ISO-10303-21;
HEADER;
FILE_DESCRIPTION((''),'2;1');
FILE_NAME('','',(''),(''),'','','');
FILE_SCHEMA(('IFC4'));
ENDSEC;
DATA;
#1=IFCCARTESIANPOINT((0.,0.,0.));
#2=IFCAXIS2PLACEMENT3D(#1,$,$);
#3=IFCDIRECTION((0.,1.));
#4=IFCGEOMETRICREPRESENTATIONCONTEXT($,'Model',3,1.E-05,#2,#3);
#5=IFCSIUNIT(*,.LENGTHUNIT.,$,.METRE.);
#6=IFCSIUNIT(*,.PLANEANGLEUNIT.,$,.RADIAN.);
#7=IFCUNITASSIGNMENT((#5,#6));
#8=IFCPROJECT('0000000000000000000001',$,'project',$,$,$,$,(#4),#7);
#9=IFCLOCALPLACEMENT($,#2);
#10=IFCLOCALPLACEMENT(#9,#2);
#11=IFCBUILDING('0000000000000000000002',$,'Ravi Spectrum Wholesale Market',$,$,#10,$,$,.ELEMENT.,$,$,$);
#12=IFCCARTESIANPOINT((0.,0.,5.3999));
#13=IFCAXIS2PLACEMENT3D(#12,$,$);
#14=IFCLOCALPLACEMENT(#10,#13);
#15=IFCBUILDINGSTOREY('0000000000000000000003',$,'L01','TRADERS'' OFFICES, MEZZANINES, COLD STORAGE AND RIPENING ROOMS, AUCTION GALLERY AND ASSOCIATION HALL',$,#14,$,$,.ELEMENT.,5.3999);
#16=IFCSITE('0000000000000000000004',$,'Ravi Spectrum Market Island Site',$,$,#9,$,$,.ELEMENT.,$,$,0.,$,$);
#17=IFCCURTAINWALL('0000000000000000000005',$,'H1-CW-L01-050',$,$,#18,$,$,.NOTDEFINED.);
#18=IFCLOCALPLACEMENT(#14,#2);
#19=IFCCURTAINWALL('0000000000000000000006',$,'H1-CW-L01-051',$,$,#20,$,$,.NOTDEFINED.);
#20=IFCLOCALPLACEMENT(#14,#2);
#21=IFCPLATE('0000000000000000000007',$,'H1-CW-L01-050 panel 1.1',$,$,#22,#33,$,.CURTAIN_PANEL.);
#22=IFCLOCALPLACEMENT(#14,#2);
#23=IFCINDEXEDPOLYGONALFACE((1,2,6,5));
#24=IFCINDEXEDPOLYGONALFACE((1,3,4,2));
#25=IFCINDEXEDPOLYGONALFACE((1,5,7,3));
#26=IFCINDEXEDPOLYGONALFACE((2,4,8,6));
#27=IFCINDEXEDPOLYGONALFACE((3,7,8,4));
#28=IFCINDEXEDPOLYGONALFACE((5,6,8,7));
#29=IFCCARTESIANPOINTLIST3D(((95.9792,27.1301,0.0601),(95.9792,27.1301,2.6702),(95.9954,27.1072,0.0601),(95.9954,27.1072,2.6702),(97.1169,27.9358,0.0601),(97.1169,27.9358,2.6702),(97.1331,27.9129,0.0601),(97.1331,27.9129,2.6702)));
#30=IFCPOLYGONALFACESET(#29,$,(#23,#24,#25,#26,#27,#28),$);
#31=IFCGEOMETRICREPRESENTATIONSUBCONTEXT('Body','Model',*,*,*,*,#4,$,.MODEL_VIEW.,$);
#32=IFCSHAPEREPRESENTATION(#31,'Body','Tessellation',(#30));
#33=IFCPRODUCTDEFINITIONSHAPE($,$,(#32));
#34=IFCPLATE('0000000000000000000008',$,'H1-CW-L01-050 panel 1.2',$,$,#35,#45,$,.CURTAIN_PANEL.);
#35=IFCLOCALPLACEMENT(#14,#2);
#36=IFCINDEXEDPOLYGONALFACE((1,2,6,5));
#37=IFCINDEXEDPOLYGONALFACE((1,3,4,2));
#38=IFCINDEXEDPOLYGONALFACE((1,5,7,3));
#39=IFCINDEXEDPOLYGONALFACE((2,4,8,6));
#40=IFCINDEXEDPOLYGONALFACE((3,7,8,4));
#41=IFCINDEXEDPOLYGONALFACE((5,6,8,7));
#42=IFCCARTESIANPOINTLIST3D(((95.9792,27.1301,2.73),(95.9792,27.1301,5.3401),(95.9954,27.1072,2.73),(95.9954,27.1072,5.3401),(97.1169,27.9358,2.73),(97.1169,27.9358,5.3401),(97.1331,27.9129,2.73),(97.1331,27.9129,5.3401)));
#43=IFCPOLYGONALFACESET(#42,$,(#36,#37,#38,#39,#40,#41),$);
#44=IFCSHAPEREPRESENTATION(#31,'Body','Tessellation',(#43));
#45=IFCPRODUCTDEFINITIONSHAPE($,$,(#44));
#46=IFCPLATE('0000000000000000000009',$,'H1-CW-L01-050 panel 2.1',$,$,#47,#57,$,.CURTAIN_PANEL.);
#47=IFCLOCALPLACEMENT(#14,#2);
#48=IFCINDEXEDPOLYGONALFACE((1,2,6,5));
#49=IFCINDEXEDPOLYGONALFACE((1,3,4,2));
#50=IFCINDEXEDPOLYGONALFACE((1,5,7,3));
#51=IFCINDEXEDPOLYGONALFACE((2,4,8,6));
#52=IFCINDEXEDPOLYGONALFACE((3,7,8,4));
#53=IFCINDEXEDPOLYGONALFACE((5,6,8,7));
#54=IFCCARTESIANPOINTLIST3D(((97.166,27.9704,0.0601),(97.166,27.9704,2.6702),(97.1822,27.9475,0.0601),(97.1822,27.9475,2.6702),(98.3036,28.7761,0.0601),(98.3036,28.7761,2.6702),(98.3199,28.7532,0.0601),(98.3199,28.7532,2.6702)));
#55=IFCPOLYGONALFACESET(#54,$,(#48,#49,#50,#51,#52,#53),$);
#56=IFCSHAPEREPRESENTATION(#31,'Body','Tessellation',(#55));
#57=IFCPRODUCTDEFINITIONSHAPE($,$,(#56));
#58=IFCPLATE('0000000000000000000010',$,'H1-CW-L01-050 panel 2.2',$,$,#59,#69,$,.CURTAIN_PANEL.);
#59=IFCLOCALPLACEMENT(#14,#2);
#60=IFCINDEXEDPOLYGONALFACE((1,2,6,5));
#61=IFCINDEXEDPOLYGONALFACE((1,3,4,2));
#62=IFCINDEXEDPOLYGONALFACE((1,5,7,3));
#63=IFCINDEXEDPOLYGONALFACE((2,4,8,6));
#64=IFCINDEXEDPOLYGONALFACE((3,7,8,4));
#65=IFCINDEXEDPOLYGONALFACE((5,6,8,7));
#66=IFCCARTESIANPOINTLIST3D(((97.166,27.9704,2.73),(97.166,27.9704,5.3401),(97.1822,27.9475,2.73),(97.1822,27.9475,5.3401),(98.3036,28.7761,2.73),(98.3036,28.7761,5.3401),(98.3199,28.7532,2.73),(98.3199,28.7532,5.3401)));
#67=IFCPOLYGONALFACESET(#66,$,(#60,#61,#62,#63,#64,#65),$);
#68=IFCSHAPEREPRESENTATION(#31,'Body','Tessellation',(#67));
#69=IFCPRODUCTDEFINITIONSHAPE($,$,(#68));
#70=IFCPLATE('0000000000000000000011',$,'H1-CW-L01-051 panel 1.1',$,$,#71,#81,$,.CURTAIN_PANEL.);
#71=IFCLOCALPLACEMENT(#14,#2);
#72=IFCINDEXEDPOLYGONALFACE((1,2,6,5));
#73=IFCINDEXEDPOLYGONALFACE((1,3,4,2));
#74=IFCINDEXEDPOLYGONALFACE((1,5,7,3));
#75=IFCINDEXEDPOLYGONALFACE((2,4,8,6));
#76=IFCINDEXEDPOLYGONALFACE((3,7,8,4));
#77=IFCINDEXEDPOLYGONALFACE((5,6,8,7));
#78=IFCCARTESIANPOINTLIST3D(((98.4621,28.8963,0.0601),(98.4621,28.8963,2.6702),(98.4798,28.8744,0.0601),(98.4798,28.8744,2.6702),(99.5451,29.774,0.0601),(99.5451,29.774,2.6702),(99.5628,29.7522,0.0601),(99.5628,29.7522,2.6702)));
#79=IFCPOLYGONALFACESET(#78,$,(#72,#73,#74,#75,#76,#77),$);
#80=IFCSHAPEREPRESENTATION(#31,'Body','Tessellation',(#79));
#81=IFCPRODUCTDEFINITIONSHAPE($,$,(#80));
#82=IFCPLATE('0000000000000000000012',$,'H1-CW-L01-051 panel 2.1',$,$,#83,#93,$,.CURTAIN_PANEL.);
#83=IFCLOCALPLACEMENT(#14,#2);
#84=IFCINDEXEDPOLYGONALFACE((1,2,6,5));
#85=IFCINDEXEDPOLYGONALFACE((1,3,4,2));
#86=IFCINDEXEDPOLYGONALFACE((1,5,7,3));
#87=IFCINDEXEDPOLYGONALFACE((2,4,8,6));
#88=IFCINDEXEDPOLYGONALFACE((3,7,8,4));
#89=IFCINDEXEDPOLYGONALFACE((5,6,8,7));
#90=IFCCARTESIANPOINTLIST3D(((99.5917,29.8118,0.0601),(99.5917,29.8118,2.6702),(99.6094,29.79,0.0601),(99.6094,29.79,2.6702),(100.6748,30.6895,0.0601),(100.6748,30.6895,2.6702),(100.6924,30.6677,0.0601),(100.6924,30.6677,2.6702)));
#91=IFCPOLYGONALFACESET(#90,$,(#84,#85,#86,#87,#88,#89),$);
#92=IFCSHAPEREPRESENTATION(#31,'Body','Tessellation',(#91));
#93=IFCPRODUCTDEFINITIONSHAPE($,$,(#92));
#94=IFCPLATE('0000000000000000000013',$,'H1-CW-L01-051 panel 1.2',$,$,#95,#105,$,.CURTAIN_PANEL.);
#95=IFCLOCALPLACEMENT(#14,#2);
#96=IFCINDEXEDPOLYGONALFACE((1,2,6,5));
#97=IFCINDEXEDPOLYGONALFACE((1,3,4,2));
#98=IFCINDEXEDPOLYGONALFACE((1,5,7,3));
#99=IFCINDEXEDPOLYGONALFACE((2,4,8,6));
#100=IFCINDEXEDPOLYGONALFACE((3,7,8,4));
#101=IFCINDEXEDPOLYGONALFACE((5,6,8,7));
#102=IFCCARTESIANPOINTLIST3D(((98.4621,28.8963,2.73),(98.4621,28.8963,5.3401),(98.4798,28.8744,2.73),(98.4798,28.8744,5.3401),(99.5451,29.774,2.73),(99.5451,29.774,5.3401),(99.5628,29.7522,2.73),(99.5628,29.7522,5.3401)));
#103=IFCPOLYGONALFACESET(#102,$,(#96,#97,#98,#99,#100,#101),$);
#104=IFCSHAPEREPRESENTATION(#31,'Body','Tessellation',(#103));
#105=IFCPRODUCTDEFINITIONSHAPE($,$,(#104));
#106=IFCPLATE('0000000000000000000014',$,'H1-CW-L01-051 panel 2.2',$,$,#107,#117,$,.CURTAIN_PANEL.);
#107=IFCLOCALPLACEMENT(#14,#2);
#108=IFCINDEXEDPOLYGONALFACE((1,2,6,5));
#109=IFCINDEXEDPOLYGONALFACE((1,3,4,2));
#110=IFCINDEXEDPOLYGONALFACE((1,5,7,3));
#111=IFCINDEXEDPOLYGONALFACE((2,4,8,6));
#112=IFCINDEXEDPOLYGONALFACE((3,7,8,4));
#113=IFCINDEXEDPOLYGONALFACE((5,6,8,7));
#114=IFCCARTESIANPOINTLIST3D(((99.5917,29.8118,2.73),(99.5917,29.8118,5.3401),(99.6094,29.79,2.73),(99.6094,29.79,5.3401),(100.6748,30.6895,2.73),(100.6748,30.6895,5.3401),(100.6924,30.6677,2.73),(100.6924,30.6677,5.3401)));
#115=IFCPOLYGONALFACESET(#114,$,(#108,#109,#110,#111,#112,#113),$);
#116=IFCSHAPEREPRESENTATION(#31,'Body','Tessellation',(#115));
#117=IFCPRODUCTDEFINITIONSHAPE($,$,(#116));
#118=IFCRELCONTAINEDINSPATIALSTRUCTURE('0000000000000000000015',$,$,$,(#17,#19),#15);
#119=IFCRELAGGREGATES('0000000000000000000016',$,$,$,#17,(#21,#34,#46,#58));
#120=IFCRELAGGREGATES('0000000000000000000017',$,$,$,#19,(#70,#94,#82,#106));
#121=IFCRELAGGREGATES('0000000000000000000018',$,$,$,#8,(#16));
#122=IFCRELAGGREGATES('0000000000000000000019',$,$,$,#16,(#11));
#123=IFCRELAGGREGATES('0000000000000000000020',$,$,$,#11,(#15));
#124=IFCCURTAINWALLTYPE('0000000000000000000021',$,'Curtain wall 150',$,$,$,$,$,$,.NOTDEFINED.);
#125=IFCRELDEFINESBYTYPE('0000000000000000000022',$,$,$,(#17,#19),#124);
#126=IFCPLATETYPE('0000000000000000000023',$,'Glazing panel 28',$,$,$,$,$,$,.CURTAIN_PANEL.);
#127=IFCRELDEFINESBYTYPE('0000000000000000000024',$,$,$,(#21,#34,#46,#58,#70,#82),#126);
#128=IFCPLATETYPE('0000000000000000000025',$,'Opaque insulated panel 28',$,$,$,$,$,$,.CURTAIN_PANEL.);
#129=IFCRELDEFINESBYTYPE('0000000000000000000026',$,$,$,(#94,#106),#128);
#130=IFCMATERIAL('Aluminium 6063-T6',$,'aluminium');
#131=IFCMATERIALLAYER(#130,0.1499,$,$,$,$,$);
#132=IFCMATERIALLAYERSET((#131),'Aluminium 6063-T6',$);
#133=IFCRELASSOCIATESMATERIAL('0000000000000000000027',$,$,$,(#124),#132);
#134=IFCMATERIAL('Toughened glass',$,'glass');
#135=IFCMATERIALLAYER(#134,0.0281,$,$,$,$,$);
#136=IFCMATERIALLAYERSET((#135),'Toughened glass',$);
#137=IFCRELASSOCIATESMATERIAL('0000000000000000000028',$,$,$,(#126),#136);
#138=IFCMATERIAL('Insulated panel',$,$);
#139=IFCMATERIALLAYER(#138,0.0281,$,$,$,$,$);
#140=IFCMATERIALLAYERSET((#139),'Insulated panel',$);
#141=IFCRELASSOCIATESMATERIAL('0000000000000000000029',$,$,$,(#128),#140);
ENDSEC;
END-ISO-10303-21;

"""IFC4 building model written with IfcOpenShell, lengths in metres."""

from ifc_helpers import new_model, si_unit, direction, frame, origin, origin_2d, place, context, subcontext, project, spatial, rectangle, extrude, material, layer, layer_set, type_object, element, aggregate, save


model = new_model("IFC4")

# Units and contexts
model_context = context("Model", 3, precision=1e-05, world=origin(), true_north=direction((0.0, 1.0)))
body_context = subcontext(model_context, "Body", "Model", "MODEL_VIEW")
ifc_project = project(units=[si_unit("LENGTHUNIT", "METRE"), si_unit("PLANEANGLEUNIT", "RADIAN")], contexts=[model_context])

# Site, building, storey
site_placement = place(None, origin())
site = spatial("IfcSite", under=ifc_project, at=site_placement, Name="Ravi Spectrum Market Island Site", CompositionType="ELEMENT", RefElevation=0.0)
building_placement = place(site_placement, origin())
building = spatial("IfcBuilding", under=site, at=building_placement, Name="Ravi Spectrum Wholesale Market", CompositionType="ELEMENT")
storey_placement = place(building_placement, frame((0.0, 0.0, 5.3999)))
storey = spatial("IfcBuildingStorey", under=building, at=storey_placement, Name="L01", Description="TRADERS' OFFICES, MEZZANINES, COLD STORAGE AND RIPENING ROOMS, AUCTION GALLERY AND ASSOCIATION HALL", CompositionType="ELEMENT", Elevation=5.3999)

# Curtain walls
ifc_material_1 = material(Name="Aluminium 6063-T6", Category="aluminium")
ifc_layer_1 = layer(ifc_material_1, 0.1499)
ifc_layer_set_1 = layer_set([ifc_layer_1], Name="Aluminium 6063-T6")
curtain_wall_type = type_object("IfcCurtainWallType", Name="Curtain wall 150", PredefinedType="NOTDEFINED", material=ifc_layer_set_1)
curtain_wall_1_placement = place(storey_placement, origin())
curtain_wall_1 = element("IfcCurtainWall", 1, at=curtain_wall_1_placement, inside=storey, type_object=curtain_wall_type, Name="H1-CW-L01-050", PredefinedType="NOTDEFINED")
curtain_wall_2_placement = place(storey_placement, origin())
curtain_wall_2 = element("IfcCurtainWall", 2, at=curtain_wall_2_placement, inside=storey, type_object=curtain_wall_type, Name="H1-CW-L01-051", PredefinedType="NOTDEFINED")

# Plates
ifc_material_2 = material(Name="Toughened glass", Category="glass")
ifc_layer_2 = layer(ifc_material_2, 0.0281)
ifc_layer_set_2 = layer_set([ifc_layer_2], Name="Toughened glass")
plate_type_1 = type_object("IfcPlateType", Name="Glazing panel 28", PredefinedType="CURTAIN_PANEL", material=ifc_layer_set_2)
plate_1_placement = place(storey_placement, frame((96.5562, 27.5215, 0.0601), z_axis=(0.0, 0.0, 1.0), x_axis=(0.81607, 0.577953, 0.0)))
plate_1 = element("IfcPlate", 3, at=plate_1_placement, type_object=plate_type_1, Name="H1-CW-L01-050 panel 1.1", PredefinedType="CURTAIN_PANEL", context=body_context, shape_type="SweptSolid", body=[
    extrude(rectangle(XDim=1.394, YDim=0.0281, at=origin_2d()), origin(), (0.0, 0.0, 1.0), 2.6101),
])
plate_2_placement = place(storey_placement, frame((96.5562, 27.5215, 2.73), z_axis=(0.0, 0.0, 1.0), x_axis=(0.81607, 0.577953, 0.0)))
plate_2 = element("IfcPlate", 4, at=plate_2_placement, type_object=plate_type_1, Name="H1-CW-L01-050 panel 1.2", PredefinedType="CURTAIN_PANEL", context=body_context, shape_type="SweptSolid", body=[
    extrude(rectangle(XDim=1.394, YDim=0.0281, at=origin_2d()), origin(), (0.0, 0.0, 1.0), 2.6101),
])
plate_3_placement = place(storey_placement, frame((97.7429, 28.3618, 0.0601), z_axis=(0.0, 0.0, 1.0), x_axis=(0.81607, 0.577953, 0.0)))
plate_3 = element("IfcPlate", 5, at=plate_3_placement, type_object=plate_type_1, Name="H1-CW-L01-050 panel 2.1", PredefinedType="CURTAIN_PANEL", context=body_context, shape_type="SweptSolid", body=[
    extrude(rectangle(XDim=1.394, YDim=0.0281, at=origin_2d()), origin(), (0.0, 0.0, 1.0), 2.6101),
])
plate_4_placement = place(storey_placement, frame((97.7429, 28.3618, 2.73), z_axis=(0.0, 0.0, 1.0), x_axis=(0.81607, 0.577953, 0.0)))
plate_4 = element("IfcPlate", 6, at=plate_4_placement, type_object=plate_type_1, Name="H1-CW-L01-050 panel 2.2", PredefinedType="CURTAIN_PANEL", context=body_context, shape_type="SweptSolid", body=[
    extrude(rectangle(XDim=1.394, YDim=0.0281, at=origin_2d()), origin(), (0.0, 0.0, 1.0), 2.6101),
])
aggregate(curtain_wall_1, [plate_1, plate_2, plate_3, plate_4])
plate_5_placement = place(storey_placement, frame((99.0125, 29.3242, 0.0601), z_axis=(0.0, 0.0, 1.0), x_axis=(0.776891, 0.629635, 0.0)))
plate_5 = element("IfcPlate", 7, at=plate_5_placement, type_object=plate_type_1, Name="H1-CW-L01-051 panel 1.1", PredefinedType="CURTAIN_PANEL", context=body_context, shape_type="SweptSolid", body=[
    extrude(rectangle(XDim=1.394, YDim=0.0281, at=origin_2d()), origin(), (0.0, 0.0, 1.0), 2.6101),
])
plate_6_placement = place(storey_placement, frame((100.1421, 30.2397, 0.0601), z_axis=(0.0, 0.0, 1.0), x_axis=(0.776891, 0.629635, 0.0)))
plate_6 = element("IfcPlate", 8, at=plate_6_placement, type_object=plate_type_1, Name="H1-CW-L01-051 panel 2.1", PredefinedType="CURTAIN_PANEL", context=body_context, shape_type="SweptSolid", body=[
    extrude(rectangle(XDim=1.394, YDim=0.0281, at=origin_2d()), origin(), (0.0, 0.0, 1.0), 2.6101),
])
ifc_material_3 = material(Name="Insulated panel")
ifc_layer_3 = layer(ifc_material_3, 0.0281)
ifc_layer_set_3 = layer_set([ifc_layer_3], Name="Insulated panel")
plate_type_2 = type_object("IfcPlateType", Name="Opaque insulated panel 28", PredefinedType="CURTAIN_PANEL", material=ifc_layer_set_3)
plate_7_placement = place(storey_placement, frame((99.0125, 29.3242, 2.73), z_axis=(0.0, 0.0, 1.0), x_axis=(0.776891, 0.629635, 0.0)))
plate_7 = element("IfcPlate", 9, at=plate_7_placement, type_object=plate_type_2, Name="H1-CW-L01-051 panel 1.2", PredefinedType="CURTAIN_PANEL", context=body_context, shape_type="SweptSolid", body=[
    extrude(rectangle(XDim=1.394, YDim=0.0281, at=origin_2d()), origin(), (0.0, 0.0, 1.0), 2.6101),
])
plate_8_placement = place(storey_placement, frame((100.1421, 30.2397, 2.73), z_axis=(0.0, 0.0, 1.0), x_axis=(0.776891, 0.629635, 0.0)))
plate_8 = element("IfcPlate", 10, at=plate_8_placement, type_object=plate_type_2, Name="H1-CW-L01-051 panel 2.2", PredefinedType="CURTAIN_PANEL", context=body_context, shape_type="SweptSolid", body=[
    extrude(rectangle(XDim=1.394, YDim=0.0281, at=origin_2d()), origin(), (0.0, 0.0, 1.0), 2.6101),
])
aggregate(curtain_wall_2, [plate_5, plate_7, plate_6, plate_8])

save(model, "model.ifc")
